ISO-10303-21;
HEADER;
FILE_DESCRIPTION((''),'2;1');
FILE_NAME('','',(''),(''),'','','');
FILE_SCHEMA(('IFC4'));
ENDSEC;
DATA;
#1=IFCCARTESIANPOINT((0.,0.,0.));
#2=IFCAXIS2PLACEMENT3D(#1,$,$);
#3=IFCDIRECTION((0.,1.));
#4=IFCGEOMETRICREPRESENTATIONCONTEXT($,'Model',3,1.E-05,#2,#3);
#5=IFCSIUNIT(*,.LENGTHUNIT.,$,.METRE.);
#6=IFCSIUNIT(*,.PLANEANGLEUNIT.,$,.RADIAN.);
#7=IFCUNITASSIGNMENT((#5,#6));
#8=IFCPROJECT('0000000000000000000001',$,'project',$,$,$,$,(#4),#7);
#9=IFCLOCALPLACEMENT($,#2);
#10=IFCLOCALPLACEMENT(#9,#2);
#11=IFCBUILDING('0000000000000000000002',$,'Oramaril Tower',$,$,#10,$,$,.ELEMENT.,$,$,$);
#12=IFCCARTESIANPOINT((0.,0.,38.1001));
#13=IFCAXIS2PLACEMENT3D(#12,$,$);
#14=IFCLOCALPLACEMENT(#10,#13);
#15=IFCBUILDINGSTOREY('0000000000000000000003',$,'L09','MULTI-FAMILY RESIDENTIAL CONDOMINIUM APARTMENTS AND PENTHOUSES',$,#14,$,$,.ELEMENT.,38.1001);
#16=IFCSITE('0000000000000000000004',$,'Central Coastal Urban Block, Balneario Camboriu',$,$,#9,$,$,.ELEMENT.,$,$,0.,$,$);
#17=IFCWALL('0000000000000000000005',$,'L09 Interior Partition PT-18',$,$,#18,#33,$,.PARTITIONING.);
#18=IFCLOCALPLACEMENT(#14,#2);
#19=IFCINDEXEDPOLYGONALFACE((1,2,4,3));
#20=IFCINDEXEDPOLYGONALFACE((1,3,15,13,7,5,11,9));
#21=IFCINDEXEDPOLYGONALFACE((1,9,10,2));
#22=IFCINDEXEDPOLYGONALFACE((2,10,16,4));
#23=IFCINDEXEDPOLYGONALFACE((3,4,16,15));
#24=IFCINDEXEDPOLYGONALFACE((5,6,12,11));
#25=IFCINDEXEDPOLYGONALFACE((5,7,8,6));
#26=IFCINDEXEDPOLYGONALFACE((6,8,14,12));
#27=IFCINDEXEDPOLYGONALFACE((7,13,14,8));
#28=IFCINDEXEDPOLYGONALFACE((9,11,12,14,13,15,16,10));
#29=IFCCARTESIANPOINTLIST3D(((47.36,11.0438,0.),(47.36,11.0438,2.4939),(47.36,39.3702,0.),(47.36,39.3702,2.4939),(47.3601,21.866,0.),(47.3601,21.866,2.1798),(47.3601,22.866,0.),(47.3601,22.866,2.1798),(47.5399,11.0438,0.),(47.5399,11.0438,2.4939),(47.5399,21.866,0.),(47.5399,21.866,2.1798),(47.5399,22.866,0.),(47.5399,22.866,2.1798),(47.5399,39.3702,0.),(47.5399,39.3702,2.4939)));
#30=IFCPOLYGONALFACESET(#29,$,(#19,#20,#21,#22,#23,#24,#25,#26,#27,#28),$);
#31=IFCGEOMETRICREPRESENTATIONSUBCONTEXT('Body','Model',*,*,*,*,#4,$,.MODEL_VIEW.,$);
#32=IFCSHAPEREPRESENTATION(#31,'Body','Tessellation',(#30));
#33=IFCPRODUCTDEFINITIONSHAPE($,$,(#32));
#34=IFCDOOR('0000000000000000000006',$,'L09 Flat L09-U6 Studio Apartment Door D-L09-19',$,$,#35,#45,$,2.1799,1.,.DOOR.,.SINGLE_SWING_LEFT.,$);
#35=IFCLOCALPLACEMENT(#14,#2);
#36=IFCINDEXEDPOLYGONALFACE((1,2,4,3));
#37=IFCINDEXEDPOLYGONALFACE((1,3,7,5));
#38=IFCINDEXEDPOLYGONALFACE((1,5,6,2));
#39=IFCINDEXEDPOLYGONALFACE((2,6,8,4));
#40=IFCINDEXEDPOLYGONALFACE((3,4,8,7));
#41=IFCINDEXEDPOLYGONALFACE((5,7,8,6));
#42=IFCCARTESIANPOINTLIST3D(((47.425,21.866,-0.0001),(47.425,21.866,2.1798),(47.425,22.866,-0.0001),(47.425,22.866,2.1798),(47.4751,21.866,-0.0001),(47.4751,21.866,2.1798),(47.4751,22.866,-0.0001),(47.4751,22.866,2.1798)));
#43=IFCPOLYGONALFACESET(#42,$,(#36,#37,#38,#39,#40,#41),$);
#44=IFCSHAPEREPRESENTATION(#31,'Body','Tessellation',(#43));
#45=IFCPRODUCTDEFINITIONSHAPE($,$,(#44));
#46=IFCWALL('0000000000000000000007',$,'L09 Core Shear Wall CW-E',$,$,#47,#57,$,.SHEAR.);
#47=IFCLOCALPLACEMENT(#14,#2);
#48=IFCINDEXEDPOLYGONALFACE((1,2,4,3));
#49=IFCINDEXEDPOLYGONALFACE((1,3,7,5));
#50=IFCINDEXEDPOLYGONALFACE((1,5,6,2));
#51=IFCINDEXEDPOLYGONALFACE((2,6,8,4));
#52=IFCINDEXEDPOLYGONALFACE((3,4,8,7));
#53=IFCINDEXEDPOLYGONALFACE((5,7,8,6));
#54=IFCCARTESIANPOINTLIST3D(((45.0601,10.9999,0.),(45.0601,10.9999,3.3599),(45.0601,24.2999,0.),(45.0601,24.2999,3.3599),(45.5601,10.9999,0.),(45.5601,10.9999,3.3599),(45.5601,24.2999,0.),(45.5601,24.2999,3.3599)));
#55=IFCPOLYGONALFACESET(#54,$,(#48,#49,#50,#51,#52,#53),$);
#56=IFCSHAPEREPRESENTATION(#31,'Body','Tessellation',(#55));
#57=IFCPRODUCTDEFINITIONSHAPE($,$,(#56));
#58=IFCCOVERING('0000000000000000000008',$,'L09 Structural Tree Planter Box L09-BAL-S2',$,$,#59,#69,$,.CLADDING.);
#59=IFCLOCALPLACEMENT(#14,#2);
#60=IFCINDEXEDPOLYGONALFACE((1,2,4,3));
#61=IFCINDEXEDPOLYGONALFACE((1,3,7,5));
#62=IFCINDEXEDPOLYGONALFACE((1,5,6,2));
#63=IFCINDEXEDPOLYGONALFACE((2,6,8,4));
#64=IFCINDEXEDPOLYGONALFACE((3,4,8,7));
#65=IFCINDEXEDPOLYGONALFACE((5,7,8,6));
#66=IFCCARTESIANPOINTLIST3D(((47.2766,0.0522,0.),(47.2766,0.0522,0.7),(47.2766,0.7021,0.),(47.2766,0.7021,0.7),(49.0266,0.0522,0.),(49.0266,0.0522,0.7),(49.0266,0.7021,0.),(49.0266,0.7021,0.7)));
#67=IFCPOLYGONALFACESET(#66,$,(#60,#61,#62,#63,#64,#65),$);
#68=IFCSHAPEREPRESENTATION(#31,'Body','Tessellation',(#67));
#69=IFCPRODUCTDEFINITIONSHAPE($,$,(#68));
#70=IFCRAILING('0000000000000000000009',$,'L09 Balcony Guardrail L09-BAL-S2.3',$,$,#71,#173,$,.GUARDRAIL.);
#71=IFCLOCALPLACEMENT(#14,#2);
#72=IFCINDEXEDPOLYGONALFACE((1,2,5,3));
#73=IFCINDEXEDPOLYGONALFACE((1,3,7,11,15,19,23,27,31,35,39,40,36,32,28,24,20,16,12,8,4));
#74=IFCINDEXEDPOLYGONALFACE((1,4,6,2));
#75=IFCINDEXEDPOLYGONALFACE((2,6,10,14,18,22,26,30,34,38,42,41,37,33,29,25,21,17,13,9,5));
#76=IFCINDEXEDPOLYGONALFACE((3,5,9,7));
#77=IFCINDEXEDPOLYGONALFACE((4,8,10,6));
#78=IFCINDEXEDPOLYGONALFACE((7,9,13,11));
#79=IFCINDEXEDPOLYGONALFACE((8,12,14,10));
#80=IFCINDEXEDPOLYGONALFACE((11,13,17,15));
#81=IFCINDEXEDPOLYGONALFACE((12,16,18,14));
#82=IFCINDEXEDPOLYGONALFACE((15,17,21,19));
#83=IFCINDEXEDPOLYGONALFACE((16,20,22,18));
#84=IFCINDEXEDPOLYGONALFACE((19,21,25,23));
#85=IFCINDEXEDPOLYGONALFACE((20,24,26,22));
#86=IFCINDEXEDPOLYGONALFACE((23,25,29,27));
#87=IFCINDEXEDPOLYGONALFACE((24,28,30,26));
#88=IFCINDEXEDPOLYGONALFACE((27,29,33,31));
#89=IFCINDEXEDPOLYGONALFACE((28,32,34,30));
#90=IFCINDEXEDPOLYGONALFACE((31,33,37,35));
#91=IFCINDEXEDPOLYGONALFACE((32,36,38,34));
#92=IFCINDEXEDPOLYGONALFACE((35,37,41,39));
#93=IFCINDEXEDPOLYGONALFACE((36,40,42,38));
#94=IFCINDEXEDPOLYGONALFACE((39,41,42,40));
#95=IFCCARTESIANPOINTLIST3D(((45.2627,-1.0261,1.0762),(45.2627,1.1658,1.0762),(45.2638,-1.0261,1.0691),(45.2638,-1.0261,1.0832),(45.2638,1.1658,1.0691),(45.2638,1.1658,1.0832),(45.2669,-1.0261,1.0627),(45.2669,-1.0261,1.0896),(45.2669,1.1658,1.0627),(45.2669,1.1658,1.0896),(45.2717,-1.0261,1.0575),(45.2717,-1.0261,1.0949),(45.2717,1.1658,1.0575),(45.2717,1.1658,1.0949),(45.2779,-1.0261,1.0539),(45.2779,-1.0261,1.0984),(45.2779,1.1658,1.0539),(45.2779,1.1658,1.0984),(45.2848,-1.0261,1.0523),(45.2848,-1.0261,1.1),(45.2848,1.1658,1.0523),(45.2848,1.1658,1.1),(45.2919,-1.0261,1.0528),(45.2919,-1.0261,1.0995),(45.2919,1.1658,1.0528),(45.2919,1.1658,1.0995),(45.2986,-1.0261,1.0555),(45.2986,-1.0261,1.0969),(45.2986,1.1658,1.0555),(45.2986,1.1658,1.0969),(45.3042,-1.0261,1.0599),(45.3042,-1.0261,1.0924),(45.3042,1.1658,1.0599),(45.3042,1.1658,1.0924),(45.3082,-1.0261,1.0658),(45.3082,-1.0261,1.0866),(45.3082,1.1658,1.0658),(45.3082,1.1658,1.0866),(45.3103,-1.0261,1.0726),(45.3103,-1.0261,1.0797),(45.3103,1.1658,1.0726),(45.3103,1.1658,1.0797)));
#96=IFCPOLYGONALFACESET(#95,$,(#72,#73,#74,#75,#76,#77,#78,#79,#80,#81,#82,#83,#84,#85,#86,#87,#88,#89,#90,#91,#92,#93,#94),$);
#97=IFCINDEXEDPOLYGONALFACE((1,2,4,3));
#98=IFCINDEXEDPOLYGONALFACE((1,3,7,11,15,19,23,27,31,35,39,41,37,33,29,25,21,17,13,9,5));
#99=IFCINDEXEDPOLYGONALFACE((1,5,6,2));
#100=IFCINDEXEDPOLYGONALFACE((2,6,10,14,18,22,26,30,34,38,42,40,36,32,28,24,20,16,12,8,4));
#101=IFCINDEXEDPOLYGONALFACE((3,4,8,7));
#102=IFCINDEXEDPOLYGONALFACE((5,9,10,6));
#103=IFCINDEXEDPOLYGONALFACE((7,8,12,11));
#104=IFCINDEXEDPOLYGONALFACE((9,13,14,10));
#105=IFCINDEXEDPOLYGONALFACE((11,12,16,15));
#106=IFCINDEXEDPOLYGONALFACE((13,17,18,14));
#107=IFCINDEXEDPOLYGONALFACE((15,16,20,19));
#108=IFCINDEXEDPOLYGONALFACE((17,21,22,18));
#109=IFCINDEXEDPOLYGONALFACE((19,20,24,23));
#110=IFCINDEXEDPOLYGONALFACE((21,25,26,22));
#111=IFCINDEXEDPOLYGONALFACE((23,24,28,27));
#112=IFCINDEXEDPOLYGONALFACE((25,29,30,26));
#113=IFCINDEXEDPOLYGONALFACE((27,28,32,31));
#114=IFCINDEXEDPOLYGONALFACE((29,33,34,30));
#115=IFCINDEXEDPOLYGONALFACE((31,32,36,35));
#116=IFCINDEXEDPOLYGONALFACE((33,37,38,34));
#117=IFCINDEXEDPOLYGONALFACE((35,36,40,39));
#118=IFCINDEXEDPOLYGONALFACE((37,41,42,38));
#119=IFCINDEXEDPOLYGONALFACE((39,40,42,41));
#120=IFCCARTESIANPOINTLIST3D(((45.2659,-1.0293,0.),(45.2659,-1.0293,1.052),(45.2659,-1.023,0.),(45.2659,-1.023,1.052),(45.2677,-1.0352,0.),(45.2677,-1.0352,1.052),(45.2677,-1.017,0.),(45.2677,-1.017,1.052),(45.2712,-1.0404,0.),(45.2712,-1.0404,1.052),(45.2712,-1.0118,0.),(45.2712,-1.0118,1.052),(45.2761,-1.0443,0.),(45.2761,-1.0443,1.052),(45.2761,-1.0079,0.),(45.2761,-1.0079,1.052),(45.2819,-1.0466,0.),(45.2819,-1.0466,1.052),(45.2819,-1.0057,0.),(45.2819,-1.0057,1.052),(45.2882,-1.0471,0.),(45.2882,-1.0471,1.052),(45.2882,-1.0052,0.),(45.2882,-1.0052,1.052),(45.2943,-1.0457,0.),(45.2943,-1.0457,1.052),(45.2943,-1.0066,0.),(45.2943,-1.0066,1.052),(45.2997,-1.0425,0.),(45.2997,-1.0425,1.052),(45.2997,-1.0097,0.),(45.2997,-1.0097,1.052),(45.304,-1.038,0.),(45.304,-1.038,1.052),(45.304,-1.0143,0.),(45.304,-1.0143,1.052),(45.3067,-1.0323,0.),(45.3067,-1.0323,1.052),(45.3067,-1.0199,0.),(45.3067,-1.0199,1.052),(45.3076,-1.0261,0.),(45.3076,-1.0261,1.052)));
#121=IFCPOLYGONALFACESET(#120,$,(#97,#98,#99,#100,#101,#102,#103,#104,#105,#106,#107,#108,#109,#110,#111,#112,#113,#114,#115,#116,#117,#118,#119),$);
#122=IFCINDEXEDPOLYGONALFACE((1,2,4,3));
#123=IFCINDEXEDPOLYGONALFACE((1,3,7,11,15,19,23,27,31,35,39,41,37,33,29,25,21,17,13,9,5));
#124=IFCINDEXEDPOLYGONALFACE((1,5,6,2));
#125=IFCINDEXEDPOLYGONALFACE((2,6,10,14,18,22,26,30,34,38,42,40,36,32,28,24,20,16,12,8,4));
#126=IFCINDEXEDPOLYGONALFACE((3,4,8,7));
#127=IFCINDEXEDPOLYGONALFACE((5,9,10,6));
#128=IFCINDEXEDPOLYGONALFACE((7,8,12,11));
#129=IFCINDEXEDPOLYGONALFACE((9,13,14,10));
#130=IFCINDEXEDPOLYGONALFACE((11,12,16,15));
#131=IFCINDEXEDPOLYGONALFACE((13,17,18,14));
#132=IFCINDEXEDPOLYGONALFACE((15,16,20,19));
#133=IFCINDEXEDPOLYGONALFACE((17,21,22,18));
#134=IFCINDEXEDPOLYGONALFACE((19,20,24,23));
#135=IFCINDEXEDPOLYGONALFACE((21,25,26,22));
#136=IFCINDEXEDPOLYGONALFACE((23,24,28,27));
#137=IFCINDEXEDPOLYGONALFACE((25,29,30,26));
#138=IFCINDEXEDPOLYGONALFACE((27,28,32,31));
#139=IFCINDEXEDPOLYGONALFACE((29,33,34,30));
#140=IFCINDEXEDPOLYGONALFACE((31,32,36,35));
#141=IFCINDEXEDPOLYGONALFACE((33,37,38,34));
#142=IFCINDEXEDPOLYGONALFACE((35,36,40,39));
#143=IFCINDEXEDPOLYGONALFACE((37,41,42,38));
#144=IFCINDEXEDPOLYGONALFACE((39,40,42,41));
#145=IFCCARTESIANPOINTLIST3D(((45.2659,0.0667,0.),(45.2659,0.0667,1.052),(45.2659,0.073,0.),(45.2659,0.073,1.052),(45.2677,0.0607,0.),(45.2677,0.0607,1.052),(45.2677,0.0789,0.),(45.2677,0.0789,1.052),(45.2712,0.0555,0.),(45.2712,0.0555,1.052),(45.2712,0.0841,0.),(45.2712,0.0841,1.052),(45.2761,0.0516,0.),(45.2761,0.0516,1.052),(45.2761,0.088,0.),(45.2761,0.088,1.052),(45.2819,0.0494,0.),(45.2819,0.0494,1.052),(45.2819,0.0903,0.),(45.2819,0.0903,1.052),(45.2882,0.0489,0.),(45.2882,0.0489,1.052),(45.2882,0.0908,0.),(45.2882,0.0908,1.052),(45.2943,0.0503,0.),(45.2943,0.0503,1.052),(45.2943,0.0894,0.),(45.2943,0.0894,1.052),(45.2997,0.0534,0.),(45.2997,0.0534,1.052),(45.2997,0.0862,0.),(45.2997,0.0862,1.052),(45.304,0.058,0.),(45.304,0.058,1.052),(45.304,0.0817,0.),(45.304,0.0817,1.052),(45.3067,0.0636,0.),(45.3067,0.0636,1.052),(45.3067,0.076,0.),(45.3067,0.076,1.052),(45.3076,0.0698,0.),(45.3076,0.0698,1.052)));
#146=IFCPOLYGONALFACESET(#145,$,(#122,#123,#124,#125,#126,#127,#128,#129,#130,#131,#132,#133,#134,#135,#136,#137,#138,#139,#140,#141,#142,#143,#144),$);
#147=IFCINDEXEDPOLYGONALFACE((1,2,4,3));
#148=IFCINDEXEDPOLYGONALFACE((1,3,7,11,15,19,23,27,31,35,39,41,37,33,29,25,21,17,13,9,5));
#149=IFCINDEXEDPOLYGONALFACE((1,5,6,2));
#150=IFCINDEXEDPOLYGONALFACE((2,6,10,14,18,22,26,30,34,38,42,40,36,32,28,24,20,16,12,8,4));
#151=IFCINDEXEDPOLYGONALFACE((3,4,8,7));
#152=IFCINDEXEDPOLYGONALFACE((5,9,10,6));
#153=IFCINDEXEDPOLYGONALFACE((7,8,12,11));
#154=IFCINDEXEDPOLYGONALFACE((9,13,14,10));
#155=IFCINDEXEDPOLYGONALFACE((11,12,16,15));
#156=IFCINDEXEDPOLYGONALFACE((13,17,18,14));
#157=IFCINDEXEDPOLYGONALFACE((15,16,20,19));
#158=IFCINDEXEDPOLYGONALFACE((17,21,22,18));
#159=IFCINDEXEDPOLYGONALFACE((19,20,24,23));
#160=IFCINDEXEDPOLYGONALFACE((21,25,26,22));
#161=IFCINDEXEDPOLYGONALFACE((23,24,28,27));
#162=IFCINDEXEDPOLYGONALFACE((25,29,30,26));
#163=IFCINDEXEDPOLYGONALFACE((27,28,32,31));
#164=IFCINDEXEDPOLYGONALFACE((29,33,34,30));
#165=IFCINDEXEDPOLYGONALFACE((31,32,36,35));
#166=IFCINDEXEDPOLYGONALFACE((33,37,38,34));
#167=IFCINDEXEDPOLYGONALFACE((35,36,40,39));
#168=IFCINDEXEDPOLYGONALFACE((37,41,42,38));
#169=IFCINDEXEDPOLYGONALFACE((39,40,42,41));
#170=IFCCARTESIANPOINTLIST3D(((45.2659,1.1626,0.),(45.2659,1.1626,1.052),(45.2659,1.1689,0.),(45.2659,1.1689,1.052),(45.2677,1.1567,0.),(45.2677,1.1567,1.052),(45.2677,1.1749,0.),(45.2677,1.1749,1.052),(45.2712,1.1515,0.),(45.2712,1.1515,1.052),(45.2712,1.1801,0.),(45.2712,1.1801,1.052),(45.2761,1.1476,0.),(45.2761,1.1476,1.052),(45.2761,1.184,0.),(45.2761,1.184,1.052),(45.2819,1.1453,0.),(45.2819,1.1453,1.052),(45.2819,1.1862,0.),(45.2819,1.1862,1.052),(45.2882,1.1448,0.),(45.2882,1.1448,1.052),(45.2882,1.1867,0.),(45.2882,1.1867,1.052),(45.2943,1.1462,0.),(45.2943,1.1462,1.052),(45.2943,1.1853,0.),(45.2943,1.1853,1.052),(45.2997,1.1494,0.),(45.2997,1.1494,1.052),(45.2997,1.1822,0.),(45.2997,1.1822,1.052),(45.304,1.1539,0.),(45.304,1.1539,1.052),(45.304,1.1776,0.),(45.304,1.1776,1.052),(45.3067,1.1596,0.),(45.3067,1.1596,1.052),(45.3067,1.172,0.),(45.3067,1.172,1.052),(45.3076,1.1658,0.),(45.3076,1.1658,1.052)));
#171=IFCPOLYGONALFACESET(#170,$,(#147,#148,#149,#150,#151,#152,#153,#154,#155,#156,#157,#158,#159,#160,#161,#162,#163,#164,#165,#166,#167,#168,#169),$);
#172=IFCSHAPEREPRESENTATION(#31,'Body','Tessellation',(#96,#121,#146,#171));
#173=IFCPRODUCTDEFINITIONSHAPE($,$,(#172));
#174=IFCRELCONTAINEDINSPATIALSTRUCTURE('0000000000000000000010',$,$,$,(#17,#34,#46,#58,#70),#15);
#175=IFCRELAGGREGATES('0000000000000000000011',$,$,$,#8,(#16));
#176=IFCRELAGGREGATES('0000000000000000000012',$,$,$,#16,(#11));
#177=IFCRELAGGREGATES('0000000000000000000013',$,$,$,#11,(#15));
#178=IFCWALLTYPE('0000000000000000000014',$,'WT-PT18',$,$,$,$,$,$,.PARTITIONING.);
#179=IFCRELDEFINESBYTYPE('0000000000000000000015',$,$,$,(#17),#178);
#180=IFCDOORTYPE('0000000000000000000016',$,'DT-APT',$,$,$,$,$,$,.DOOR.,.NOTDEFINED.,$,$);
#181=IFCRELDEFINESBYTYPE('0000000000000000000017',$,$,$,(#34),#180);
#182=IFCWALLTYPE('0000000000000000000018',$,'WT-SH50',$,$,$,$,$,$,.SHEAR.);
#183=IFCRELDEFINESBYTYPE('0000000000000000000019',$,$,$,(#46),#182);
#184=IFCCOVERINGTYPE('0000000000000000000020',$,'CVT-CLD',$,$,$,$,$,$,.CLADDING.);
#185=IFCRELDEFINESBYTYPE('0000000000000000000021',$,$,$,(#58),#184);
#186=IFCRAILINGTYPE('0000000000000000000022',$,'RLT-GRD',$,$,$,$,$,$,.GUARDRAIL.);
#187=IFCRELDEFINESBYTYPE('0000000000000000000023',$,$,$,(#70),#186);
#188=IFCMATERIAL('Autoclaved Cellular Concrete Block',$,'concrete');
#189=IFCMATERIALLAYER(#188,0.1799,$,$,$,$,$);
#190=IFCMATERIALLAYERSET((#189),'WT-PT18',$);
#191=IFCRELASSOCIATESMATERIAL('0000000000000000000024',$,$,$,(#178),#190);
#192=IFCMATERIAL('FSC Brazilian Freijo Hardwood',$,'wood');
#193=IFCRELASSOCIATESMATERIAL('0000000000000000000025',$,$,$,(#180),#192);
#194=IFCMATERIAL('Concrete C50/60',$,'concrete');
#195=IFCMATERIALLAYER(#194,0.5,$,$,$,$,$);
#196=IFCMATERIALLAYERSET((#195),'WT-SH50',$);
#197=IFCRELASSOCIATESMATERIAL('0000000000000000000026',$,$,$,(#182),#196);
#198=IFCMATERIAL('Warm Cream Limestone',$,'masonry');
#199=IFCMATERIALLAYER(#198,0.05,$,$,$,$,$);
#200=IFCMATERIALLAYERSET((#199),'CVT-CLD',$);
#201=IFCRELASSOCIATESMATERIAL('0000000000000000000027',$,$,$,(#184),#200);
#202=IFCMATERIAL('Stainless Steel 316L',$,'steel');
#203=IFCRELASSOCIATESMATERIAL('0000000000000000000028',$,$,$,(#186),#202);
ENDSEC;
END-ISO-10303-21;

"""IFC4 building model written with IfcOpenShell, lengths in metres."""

from ifc_helpers import new_model, si_unit, direction, frame, frame_2d, origin, origin_2d, place, context, subcontext, project, spatial, rectangle, circle, extrude, material, layer, layer_set, type_object, element, fill, save


model = new_model("IFC4")

# Units and contexts
model_context = context("Model", 3, precision=1e-05, world=origin(), true_north=direction((0.0, 1.0)))
body_context = subcontext(model_context, "Body", "Model", "MODEL_VIEW")
ifc_project = project(units=[si_unit("LENGTHUNIT", "METRE"), si_unit("PLANEANGLEUNIT", "RADIAN")], contexts=[model_context])

# Site, building, storey
site_placement = place(None, origin())
site = spatial("IfcSite", under=ifc_project, at=site_placement, Name="Central Coastal Urban Block, Balneario Camboriu", CompositionType="ELEMENT", RefElevation=0.0)
building_placement = place(site_placement, origin())
building = spatial("IfcBuilding", under=site, at=building_placement, Name="Oramaril Tower", CompositionType="ELEMENT")
storey_placement = place(building_placement, frame((0.0, 0.0, 38.1001)))
storey = spatial("IfcBuildingStorey", under=building, at=storey_placement, Name="L09", Description="MULTI-FAMILY RESIDENTIAL CONDOMINIUM APARTMENTS AND PENTHOUSES", CompositionType="ELEMENT", Elevation=38.1001)

# Shared definitions
ifc_material_1 = material(Name="Autoclaved Cellular Concrete Block", Category="concrete")
ifc_layer_1 = layer(ifc_material_1, 0.1799)
ifc_layer_set_1 = layer_set([ifc_layer_1], Name="WT-PT18")
wall_type_1 = type_object("IfcWallType", Name="WT-PT18", PredefinedType="PARTITIONING", material=ifc_layer_set_1)

# Wall, opening, door
wall_1_placement = place(storey_placement, frame((47.45, 11.0439, 0.0), z_axis=(0.0, 0.0, 1.0), x_axis=(0.0, 1.0, 0.0)))
wall_1 = element("IfcWall", 1, at=wall_1_placement, inside=storey, type_object=wall_type_1, Name="L09 Interior Partition PT-18", PredefinedType="PARTITIONING", context=body_context, shape_type="SweptSolid", body=[
    extrude(rectangle(XDim=28.3264, YDim=0.1799, at=frame_2d((14.1631, 0.0))), origin(), (0.0, 0.0, 1.0), 2.4939),
])
opening_1_placement = place(wall_1_placement, frame((10.822, 0.0, 0.0)))
opening_1 = element("IfcOpeningElement", 2, at=opening_1_placement, cuts=wall_1, PredefinedType="OPENING", context=body_context, shape_type="SweptSolid", body=[
    extrude(rectangle(XDim=1.0, YDim=2.1799, at=frame_2d((0.5, 1.0898))), frame((0.0, 0.0898, 0.0), z_axis=(0.0, -1.0, 0.0), x_axis=(1.0, 0.0, 0.0)), (0.0, 0.0, 1.0), 0.1799),
])
ifc_material_2 = material(Name="FSC Brazilian Freijo Hardwood", Category="wood")
door_type_1 = type_object("IfcDoorType", Name="DT-APT", OperationType="NOTDEFINED", PredefinedType="DOOR", material=ifc_material_2)
door_1_placement = place(opening_1_placement, origin())
door_1 = element("IfcDoor", 3, at=door_1_placement, inside=storey, type_object=door_type_1, Name="L09 Flat L09-U6 Studio Apartment Door D-L09-19", OperationType="SINGLE_SWING_LEFT", OverallHeight=2.1799, OverallWidth=1.0, PredefinedType="DOOR", context=body_context, shape_type="SweptSolid", body=[
    extrude(rectangle(XDim=1.0, YDim=2.1799, at=frame_2d((0.5, 1.0898))), frame((0.0, 0.0249, 0.0), z_axis=(0.0, -1.0, 0.0), x_axis=(1.0, 0.0, 0.0)), (0.0, 0.0, 1.0), 0.05),
])
fill(opening_1, door_1)

# Wall
ifc_material_3 = material(Name="Concrete C50/60", Category="concrete")
ifc_layer_2 = layer(ifc_material_3, 0.5)
ifc_layer_set_2 = layer_set([ifc_layer_2], Name="WT-SH50")
wall_type_2 = type_object("IfcWallType", Name="WT-SH50", PredefinedType="SHEAR", material=ifc_layer_set_2)
wall_2_placement = place(storey_placement, frame((45.3101, 11.0, 0.0), z_axis=(0.0, 0.0, 1.0), x_axis=(0.0, 1.0, 0.0)))
element("IfcWall", 4, at=wall_2_placement, inside=storey, type_object=wall_type_2, Name="L09 Core Shear Wall CW-E", PredefinedType="SHEAR", context=body_context, shape_type="SweptSolid", body=[
    extrude(rectangle(XDim=13.3, YDim=0.5, at=frame_2d((6.6499, 0.0))), origin(), (0.0, 0.0, 1.0), 3.3599),
])

# Covering
ifc_material_4 = material(Name="Warm Cream Limestone", Category="masonry")
ifc_layer_3 = layer(ifc_material_4, 0.05)
ifc_layer_set_3 = layer_set([ifc_layer_3], Name="CVT-CLD")
covering_type = type_object("IfcCoveringType", Name="CVT-CLD", PredefinedType="CLADDING", material=ifc_layer_set_3)
covering_placement = place(storey_placement, frame((48.1516, 0.3772, 0.0), z_axis=(0.0, 0.0, 1.0), x_axis=(1.0, 0.0, 0.0)))
element("IfcCovering", 5, at=covering_placement, inside=storey, type_object=covering_type, Name="L09 Structural Tree Planter Box L09-BAL-S2", PredefinedType="CLADDING", context=body_context, shape_type="SweptSolid", body=[
    extrude(rectangle(XDim=1.75, YDim=0.6499, at=origin_2d()), origin(), (0.0, 0.0, 1.0), 0.7),
])

# Railing
ifc_material_5 = material(Name="Stainless Steel 316L", Category="steel")
railing_type_1 = type_object("IfcRailingType", Name="RLT-GRD", PredefinedType="GUARDRAIL", material=ifc_material_5)
railing_1_placement = place(storey_placement, frame((45.2866, -1.0261, 0.0)))
element("IfcRailing", 6, at=railing_1_placement, inside=storey, type_object=railing_type_1, Name="L09 Balcony Guardrail L09-BAL-S2.3", PredefinedType="GUARDRAIL", context=body_context, shape_type="SweptSolid", body=[
    extrude(circle(Radius=0.0239, at=origin_2d()), frame((0.0, 0.0, 1.0762), z_axis=(0.0, 1.0, 0.0), x_axis=(-1.0, 0.0, 0.0)), (0.0, 0.0, 1.0), 2.1919),
    extrude(circle(Radius=0.021, at=origin_2d()), origin(), (0.0, 0.0, 1.0), 1.052),
    extrude(circle(Radius=0.021, at=origin_2d()), frame((0.0, 1.0959, 0.0)), (0.0, 0.0, 1.0), 1.052),
    extrude(circle(Radius=0.021, at=origin_2d()), frame((0.0, 2.1919, 0.0)), (0.0, 0.0, 1.0), 1.052),
])

save(model, "model.ifc")
